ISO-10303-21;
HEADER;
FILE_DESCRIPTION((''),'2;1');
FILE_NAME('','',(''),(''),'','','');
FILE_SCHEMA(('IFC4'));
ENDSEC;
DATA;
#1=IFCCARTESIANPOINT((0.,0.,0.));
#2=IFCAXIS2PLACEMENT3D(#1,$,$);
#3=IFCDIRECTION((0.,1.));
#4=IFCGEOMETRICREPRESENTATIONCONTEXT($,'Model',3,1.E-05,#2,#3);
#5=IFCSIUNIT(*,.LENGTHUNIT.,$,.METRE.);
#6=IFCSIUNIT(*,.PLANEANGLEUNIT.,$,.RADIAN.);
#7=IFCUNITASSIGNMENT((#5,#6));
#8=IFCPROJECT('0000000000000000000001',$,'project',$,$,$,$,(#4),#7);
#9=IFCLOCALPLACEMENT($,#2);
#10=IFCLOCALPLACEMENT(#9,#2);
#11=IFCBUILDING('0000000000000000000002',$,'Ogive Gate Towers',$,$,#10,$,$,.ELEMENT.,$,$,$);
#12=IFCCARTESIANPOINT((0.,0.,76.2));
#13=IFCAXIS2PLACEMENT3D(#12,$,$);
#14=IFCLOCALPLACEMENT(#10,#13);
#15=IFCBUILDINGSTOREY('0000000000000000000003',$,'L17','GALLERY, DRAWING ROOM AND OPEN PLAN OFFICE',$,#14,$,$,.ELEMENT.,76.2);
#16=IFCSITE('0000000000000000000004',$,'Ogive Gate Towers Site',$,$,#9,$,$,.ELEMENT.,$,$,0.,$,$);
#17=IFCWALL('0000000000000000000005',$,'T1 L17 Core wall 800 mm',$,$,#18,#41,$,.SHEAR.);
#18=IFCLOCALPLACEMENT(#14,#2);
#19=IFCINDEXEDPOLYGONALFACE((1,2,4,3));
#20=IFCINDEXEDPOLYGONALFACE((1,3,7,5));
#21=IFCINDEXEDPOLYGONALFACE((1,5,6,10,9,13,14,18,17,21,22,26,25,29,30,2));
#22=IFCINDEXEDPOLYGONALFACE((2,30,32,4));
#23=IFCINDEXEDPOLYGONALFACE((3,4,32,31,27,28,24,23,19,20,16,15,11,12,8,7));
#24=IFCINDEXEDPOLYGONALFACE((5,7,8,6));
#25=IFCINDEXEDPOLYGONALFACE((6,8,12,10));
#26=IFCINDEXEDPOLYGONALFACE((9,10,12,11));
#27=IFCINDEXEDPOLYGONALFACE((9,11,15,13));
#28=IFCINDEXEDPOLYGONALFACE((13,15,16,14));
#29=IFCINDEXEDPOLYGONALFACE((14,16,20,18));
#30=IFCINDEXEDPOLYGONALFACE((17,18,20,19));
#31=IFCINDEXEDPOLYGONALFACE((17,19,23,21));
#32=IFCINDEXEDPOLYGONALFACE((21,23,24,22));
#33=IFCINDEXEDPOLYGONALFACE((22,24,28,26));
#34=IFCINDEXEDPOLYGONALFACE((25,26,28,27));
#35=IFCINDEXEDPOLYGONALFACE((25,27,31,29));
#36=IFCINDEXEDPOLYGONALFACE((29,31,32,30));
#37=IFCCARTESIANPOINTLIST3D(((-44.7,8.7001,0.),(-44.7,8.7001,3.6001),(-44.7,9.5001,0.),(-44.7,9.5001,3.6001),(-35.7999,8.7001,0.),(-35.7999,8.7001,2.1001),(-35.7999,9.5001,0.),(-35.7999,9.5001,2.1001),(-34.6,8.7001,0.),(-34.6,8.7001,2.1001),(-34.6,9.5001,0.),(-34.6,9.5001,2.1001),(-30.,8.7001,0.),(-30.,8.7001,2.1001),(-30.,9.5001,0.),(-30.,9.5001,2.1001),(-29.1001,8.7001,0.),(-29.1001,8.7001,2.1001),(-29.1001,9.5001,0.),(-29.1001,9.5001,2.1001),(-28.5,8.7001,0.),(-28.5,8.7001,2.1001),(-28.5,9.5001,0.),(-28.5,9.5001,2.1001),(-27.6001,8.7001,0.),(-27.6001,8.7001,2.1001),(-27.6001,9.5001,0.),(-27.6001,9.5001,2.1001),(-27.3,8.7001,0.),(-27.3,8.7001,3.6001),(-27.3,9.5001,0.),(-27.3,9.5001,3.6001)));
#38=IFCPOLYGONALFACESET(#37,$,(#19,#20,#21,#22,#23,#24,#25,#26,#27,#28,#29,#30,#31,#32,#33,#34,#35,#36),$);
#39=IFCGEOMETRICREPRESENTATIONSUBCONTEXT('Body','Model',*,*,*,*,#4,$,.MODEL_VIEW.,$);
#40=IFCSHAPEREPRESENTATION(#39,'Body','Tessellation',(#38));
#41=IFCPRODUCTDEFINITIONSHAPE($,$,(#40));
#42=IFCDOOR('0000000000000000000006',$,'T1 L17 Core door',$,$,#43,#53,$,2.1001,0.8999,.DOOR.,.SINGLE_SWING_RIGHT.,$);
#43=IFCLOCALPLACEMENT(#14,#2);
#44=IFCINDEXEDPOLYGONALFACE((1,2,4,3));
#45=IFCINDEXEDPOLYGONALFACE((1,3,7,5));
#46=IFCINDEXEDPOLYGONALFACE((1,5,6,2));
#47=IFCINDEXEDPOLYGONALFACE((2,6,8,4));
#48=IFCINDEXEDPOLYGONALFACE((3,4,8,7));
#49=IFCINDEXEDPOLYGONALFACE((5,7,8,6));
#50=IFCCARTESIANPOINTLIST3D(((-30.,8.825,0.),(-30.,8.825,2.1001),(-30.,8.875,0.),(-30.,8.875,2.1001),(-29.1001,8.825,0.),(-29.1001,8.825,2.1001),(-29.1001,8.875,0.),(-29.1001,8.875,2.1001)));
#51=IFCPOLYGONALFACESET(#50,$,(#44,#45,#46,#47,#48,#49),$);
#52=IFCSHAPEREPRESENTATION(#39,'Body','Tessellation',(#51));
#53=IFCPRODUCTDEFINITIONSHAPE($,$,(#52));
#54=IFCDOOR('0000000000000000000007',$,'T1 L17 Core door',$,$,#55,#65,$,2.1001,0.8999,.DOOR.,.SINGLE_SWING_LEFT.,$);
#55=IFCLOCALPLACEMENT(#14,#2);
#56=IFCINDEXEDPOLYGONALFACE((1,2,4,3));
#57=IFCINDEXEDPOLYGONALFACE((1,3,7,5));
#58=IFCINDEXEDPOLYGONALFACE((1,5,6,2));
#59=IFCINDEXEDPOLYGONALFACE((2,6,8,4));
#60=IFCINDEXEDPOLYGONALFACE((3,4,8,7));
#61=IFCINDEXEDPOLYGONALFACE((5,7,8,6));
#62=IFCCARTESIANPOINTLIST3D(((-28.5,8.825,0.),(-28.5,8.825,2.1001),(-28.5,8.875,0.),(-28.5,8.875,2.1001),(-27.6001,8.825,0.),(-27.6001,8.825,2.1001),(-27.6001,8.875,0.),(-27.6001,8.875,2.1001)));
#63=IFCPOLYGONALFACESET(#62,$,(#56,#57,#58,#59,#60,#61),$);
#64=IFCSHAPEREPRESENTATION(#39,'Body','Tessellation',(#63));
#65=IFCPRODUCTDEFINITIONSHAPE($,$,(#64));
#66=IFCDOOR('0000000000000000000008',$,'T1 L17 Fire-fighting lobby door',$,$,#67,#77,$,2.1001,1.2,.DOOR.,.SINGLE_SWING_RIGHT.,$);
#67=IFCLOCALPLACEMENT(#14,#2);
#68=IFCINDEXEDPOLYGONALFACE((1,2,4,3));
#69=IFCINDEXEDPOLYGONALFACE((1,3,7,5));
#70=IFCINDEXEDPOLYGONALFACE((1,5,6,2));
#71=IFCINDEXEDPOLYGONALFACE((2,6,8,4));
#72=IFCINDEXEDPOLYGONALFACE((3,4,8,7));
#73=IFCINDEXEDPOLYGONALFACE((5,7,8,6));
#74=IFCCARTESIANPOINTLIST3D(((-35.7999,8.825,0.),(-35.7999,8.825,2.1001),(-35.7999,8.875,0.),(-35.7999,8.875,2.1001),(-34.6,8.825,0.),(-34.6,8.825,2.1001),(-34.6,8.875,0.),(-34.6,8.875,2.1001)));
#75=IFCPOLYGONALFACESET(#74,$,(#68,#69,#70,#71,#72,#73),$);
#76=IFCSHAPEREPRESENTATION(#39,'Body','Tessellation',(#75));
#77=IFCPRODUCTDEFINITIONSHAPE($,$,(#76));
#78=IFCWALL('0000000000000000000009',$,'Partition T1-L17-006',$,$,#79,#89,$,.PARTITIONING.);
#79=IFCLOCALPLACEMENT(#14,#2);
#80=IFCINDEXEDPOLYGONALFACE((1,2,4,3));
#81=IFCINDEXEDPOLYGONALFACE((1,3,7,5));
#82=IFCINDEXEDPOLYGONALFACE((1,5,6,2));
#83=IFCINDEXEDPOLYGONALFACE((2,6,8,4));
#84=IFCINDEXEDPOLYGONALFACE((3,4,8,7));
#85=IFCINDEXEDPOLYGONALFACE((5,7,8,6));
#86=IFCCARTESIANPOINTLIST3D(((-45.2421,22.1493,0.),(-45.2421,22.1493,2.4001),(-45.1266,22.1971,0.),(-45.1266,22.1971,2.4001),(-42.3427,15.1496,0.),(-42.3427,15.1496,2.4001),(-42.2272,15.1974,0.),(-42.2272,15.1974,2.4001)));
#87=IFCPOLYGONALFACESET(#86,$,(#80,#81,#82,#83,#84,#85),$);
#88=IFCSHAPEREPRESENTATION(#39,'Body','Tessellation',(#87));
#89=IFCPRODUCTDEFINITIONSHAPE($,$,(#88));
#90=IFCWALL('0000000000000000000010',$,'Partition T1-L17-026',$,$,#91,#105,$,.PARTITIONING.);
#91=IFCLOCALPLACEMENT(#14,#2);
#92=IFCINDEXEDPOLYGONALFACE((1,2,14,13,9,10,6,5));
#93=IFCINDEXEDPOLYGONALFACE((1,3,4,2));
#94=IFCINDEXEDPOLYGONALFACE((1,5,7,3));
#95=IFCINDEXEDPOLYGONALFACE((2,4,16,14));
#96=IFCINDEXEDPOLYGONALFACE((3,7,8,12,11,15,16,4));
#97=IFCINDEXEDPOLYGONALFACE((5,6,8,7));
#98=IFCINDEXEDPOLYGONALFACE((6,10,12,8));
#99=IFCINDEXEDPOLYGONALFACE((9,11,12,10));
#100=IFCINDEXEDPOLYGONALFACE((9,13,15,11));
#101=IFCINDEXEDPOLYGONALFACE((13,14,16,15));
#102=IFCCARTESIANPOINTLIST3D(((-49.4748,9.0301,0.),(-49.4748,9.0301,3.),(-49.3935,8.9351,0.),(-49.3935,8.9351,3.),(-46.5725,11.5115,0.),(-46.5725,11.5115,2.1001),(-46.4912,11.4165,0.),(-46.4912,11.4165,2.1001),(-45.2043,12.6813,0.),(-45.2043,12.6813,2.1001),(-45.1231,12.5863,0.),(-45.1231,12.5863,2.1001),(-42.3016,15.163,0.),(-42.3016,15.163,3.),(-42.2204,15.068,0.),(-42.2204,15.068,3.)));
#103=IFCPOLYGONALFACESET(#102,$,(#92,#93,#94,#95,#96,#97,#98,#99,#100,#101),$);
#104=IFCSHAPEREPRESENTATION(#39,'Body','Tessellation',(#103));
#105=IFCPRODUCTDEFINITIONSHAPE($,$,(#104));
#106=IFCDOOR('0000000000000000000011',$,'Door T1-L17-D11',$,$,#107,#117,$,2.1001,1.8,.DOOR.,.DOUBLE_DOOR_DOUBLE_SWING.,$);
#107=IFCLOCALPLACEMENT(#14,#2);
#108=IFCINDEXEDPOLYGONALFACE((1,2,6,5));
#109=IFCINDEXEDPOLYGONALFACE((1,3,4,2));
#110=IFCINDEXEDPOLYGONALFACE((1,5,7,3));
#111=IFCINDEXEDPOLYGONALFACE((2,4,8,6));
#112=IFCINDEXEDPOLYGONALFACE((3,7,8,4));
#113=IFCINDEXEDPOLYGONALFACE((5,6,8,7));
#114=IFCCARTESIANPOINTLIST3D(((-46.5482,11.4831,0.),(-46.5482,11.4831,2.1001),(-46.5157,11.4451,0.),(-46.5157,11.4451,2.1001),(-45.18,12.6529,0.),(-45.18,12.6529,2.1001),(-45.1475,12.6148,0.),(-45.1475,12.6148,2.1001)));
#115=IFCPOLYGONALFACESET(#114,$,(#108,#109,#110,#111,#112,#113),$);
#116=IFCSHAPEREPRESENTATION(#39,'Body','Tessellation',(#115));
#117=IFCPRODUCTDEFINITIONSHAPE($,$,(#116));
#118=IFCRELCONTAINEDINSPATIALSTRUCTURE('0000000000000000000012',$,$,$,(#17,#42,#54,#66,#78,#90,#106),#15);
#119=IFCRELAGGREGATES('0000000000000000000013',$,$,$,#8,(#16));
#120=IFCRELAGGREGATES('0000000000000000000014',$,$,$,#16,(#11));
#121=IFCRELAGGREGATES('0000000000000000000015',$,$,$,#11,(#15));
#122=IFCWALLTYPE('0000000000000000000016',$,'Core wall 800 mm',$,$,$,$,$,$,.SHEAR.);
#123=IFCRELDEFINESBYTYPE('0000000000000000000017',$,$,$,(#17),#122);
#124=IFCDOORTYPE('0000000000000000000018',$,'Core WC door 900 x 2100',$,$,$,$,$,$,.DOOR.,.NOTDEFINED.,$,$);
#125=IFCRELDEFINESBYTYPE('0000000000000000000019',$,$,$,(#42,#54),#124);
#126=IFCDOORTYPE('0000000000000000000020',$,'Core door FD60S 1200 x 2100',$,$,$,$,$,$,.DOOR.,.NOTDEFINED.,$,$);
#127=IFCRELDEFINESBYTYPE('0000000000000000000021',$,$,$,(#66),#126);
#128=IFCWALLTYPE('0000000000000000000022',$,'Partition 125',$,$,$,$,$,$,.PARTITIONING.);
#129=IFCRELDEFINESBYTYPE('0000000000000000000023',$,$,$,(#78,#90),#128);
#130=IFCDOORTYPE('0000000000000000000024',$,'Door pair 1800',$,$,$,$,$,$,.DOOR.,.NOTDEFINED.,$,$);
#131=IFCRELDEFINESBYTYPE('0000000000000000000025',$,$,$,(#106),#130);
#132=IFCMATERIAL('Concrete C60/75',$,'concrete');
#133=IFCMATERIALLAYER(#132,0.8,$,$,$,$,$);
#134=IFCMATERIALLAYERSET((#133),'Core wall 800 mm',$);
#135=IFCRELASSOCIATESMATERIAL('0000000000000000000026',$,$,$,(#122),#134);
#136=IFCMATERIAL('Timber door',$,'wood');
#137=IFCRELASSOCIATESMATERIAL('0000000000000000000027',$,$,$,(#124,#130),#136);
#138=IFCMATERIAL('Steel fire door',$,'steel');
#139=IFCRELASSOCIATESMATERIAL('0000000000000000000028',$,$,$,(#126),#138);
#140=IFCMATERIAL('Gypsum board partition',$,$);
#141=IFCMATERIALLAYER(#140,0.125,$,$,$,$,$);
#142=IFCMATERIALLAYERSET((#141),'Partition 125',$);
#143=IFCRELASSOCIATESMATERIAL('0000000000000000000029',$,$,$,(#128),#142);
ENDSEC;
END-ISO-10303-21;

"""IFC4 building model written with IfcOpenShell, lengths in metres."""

from ifc_helpers import new_model, si_unit, direction, frame, frame_2d, origin, place, context, subcontext, project, spatial, rectangle, extrude, material, layer, layer_set, type_object, element, fill, save


model = new_model("IFC4")

# Units and contexts
model_context = context("Model", 3, precision=1e-05, world=origin(), true_north=direction((0.0, 1.0)))
body_context = subcontext(model_context, "Body", "Model", "MODEL_VIEW")
ifc_project = project(units=[si_unit("LENGTHUNIT", "METRE"), si_unit("PLANEANGLEUNIT", "RADIAN")], contexts=[model_context])

# Site, building, storey
site_placement = place(None, origin())
site = spatial("IfcSite", under=ifc_project, at=site_placement, Name="Ogive Gate Towers Site", CompositionType="ELEMENT", RefElevation=0.0)
building_placement = place(site_placement, origin())
building = spatial("IfcBuilding", under=site, at=building_placement, Name="Ogive Gate Towers", CompositionType="ELEMENT")
storey_placement = place(building_placement, frame((0.0, 0.0, 76.2)))
storey = spatial("IfcBuildingStorey", under=building, at=storey_placement, Name="L17", Description="GALLERY, DRAWING ROOM AND OPEN PLAN OFFICE", CompositionType="ELEMENT", Elevation=76.2)

# Wall, openings, doors
ifc_material_1 = material(Name="Concrete C60/75", Category="concrete")
ifc_layer_1 = layer(ifc_material_1, 0.8)
ifc_layer_set_1 = layer_set([ifc_layer_1], Name="Core wall 800 mm")
wall_type_1 = type_object("IfcWallType", Name="Core wall 800 mm", PredefinedType="SHEAR", material=ifc_layer_set_1)
wall_1_placement = place(storey_placement, frame((-44.7, 9.1001, 0.0), z_axis=(0.0, 0.0, 1.0), x_axis=(1.0, 0.0, 0.0)))
wall_1 = element("IfcWall", 1, at=wall_1_placement, inside=storey, type_object=wall_type_1, Name="T1 L17 Core wall 800 mm", PredefinedType="SHEAR", context=body_context, shape_type="SweptSolid", body=[
    extrude(rectangle(XDim=17.3999, YDim=0.8, at=frame_2d((8.7, 0.0))), origin(), (0.0, 0.0, 1.0), 3.6001),
])
opening_1_placement = place(wall_1_placement, frame((8.8999, 0.0, 0.0)))
opening_1 = element("IfcOpeningElement", 2, at=opening_1_placement, cuts=wall_1, PredefinedType="OPENING", context=body_context, shape_type="SweptSolid", body=[
    extrude(rectangle(XDim=1.2, YDim=2.1001, at=frame_2d((0.6001, 1.05))), frame((0.0, 0.4102, 0.0), z_axis=(0.0, -1.0, 0.0), x_axis=(1.0, 0.0, 0.0)), (0.0, 0.0, 1.0), 0.8201),
])
opening_2_placement = place(wall_1_placement, frame((14.7, 0.0, 0.0)))
opening_2 = element("IfcOpeningElement", 3, at=opening_2_placement, cuts=wall_1, PredefinedType="OPENING", context=body_context, shape_type="SweptSolid", body=[
    extrude(rectangle(XDim=0.8999, YDim=2.1001, at=frame_2d((0.45, 1.05))), frame((0.0, 0.4102, 0.0), z_axis=(0.0, -1.0, 0.0), x_axis=(1.0, 0.0, 0.0)), (0.0, 0.0, 1.0), 0.8201),
])
opening_3_placement = place(wall_1_placement, frame((16.2, 0.0, 0.0)))
opening_3 = element("IfcOpeningElement", 4, at=opening_3_placement, cuts=wall_1, PredefinedType="OPENING", context=body_context, shape_type="SweptSolid", body=[
    extrude(rectangle(XDim=0.8999, YDim=2.1001, at=frame_2d((0.45, 1.05))), frame((0.0, 0.4102, 0.0), z_axis=(0.0, -1.0, 0.0), x_axis=(1.0, 0.0, 0.0)), (0.0, 0.0, 1.0), 0.8201),
])
ifc_material_2 = material(Name="Timber door", Category="wood")
door_type_1 = type_object("IfcDoorType", Name="Core WC door 900 x 2100", OperationType="NOTDEFINED", PredefinedType="DOOR", material=ifc_material_2)
door_1_placement = place(opening_2_placement, origin())
door_1 = element("IfcDoor", 5, at=door_1_placement, inside=storey, type_object=door_type_1, Name="T1 L17 Core door", OperationType="SINGLE_SWING_RIGHT", OverallHeight=2.1001, OverallWidth=0.8999, PredefinedType="DOOR", context=body_context, shape_type="SweptSolid", body=[
    extrude(rectangle(XDim=0.8999, YDim=2.1001, at=frame_2d((0.45, 1.05))), frame((0.0, -0.2251, 0.0), z_axis=(0.0, -1.0, 0.0), x_axis=(1.0, 0.0, 0.0)), (0.0, 0.0, 1.0), 0.05),
])
fill(opening_2, door_1)
door_2_placement = place(opening_3_placement, origin())
door_2 = element("IfcDoor", 6, at=door_2_placement, inside=storey, type_object=door_type_1, Name="T1 L17 Core door", OperationType="SINGLE_SWING_LEFT", OverallHeight=2.1001, OverallWidth=0.8999, PredefinedType="DOOR", context=body_context, shape_type="SweptSolid", body=[
    extrude(rectangle(XDim=0.8999, YDim=2.1001, at=frame_2d((0.45, 1.05))), frame((0.0, -0.2251, 0.0), z_axis=(0.0, -1.0, 0.0), x_axis=(1.0, 0.0, 0.0)), (0.0, 0.0, 1.0), 0.05),
])
fill(opening_3, door_2)
ifc_material_3 = material(Name="Steel fire door", Category="steel")
door_type_2 = type_object("IfcDoorType", Name="Core door FD60S 1200 x 2100", OperationType="NOTDEFINED", PredefinedType="DOOR", material=ifc_material_3)
door_3_placement = place(opening_1_placement, origin())
door_3 = element("IfcDoor", 7, at=door_3_placement, inside=storey, type_object=door_type_2, Name="T1 L17 Fire-fighting lobby door", OperationType="SINGLE_SWING_RIGHT", OverallHeight=2.1001, OverallWidth=1.2, PredefinedType="DOOR", context=body_context, shape_type="SweptSolid", body=[
    extrude(rectangle(XDim=1.2, YDim=2.1001, at=frame_2d((0.6001, 1.05))), frame((0.0, -0.2251, 0.0), z_axis=(0.0, -1.0, 0.0), x_axis=(1.0, 0.0, 0.0)), (0.0, 0.0, 1.0), 0.05),
])
fill(opening_1, door_3)

# Wall
ifc_material_4 = material(Name="Gypsum board partition")
ifc_layer_2 = layer(ifc_material_4, 0.125)
ifc_layer_set_2 = layer_set([ifc_layer_2], Name="Partition 125")
wall_type_2 = type_object("IfcWallType", Name="Partition 125", PredefinedType="PARTITIONING", material=ifc_layer_set_2)
wall_2_placement = place(storey_placement, frame((-45.1843, 22.1731, 0.0), z_axis=(0.0, 0.0, 1.0), x_axis=(0.382686, -0.923879, 0.0)))
element("IfcWall", 8, at=wall_2_placement, inside=storey, type_object=wall_type_2, Name="Partition T1-L17-006", PredefinedType="PARTITIONING", context=body_context, shape_type="SweptSolid", body=[
    extrude(rectangle(XDim=7.5764, YDim=0.125, at=frame_2d((3.7881, 0.0))), origin(), (0.0, 0.0, 1.0), 2.4001),
])

# Wall, opening, door
wall_3_placement = place(storey_placement, frame((-42.261, 15.1155, 0.0), z_axis=(0.0, 0.0, 1.0), x_axis=(-0.76007, -0.649841, 0.0)))
wall_3 = element("IfcWall", 9, at=wall_3_placement, inside=storey, type_object=wall_type_2, Name="Partition T1-L17-026", PredefinedType="PARTITIONING", context=body_context, shape_type="SweptSolid", body=[
    extrude(rectangle(XDim=9.4375, YDim=0.125, at=frame_2d((4.7188, 0.0))), origin(), (0.0, 0.0, 1.0), 3.0),
])
opening_4_placement = place(wall_3_placement, frame((3.8191, 0.0, 0.0)))
opening_4 = element("IfcOpeningElement", 10, at=opening_4_placement, cuts=wall_3, PredefinedType="OPENING", context=body_context, shape_type="SweptSolid", body=[
    extrude(rectangle(XDim=1.8, YDim=2.1001, at=frame_2d((0.8999, 1.05))), frame((0.0, 0.0725, 0.0), z_axis=(0.0, -1.0, 0.0), x_axis=(1.0, 0.0, 0.0)), (0.0, 0.0, 1.0), 0.145),
])
door_type_3 = type_object("IfcDoorType", Name="Door pair 1800", OperationType="NOTDEFINED", PredefinedType="DOOR", material=ifc_material_2)
door_4_placement = place(opening_4_placement, origin())
door_4 = element("IfcDoor", 11, at=door_4_placement, inside=storey, type_object=door_type_3, Name="Door T1-L17-D11", OperationType="DOUBLE_DOOR_DOUBLE_SWING", OverallHeight=2.1001, OverallWidth=1.8, PredefinedType="DOOR", context=body_context, shape_type="SweptSolid", body=[
    extrude(rectangle(XDim=1.8, YDim=2.1001, at=frame_2d((0.8999, 1.05))), frame((0.0, 0.0249, 0.0), z_axis=(0.0, -1.0, 0.0), x_axis=(1.0, 0.0, 0.0)), (0.0, 0.0, 1.0), 0.05),
])
fill(opening_4, door_4)

save(model, "model.ifc")
